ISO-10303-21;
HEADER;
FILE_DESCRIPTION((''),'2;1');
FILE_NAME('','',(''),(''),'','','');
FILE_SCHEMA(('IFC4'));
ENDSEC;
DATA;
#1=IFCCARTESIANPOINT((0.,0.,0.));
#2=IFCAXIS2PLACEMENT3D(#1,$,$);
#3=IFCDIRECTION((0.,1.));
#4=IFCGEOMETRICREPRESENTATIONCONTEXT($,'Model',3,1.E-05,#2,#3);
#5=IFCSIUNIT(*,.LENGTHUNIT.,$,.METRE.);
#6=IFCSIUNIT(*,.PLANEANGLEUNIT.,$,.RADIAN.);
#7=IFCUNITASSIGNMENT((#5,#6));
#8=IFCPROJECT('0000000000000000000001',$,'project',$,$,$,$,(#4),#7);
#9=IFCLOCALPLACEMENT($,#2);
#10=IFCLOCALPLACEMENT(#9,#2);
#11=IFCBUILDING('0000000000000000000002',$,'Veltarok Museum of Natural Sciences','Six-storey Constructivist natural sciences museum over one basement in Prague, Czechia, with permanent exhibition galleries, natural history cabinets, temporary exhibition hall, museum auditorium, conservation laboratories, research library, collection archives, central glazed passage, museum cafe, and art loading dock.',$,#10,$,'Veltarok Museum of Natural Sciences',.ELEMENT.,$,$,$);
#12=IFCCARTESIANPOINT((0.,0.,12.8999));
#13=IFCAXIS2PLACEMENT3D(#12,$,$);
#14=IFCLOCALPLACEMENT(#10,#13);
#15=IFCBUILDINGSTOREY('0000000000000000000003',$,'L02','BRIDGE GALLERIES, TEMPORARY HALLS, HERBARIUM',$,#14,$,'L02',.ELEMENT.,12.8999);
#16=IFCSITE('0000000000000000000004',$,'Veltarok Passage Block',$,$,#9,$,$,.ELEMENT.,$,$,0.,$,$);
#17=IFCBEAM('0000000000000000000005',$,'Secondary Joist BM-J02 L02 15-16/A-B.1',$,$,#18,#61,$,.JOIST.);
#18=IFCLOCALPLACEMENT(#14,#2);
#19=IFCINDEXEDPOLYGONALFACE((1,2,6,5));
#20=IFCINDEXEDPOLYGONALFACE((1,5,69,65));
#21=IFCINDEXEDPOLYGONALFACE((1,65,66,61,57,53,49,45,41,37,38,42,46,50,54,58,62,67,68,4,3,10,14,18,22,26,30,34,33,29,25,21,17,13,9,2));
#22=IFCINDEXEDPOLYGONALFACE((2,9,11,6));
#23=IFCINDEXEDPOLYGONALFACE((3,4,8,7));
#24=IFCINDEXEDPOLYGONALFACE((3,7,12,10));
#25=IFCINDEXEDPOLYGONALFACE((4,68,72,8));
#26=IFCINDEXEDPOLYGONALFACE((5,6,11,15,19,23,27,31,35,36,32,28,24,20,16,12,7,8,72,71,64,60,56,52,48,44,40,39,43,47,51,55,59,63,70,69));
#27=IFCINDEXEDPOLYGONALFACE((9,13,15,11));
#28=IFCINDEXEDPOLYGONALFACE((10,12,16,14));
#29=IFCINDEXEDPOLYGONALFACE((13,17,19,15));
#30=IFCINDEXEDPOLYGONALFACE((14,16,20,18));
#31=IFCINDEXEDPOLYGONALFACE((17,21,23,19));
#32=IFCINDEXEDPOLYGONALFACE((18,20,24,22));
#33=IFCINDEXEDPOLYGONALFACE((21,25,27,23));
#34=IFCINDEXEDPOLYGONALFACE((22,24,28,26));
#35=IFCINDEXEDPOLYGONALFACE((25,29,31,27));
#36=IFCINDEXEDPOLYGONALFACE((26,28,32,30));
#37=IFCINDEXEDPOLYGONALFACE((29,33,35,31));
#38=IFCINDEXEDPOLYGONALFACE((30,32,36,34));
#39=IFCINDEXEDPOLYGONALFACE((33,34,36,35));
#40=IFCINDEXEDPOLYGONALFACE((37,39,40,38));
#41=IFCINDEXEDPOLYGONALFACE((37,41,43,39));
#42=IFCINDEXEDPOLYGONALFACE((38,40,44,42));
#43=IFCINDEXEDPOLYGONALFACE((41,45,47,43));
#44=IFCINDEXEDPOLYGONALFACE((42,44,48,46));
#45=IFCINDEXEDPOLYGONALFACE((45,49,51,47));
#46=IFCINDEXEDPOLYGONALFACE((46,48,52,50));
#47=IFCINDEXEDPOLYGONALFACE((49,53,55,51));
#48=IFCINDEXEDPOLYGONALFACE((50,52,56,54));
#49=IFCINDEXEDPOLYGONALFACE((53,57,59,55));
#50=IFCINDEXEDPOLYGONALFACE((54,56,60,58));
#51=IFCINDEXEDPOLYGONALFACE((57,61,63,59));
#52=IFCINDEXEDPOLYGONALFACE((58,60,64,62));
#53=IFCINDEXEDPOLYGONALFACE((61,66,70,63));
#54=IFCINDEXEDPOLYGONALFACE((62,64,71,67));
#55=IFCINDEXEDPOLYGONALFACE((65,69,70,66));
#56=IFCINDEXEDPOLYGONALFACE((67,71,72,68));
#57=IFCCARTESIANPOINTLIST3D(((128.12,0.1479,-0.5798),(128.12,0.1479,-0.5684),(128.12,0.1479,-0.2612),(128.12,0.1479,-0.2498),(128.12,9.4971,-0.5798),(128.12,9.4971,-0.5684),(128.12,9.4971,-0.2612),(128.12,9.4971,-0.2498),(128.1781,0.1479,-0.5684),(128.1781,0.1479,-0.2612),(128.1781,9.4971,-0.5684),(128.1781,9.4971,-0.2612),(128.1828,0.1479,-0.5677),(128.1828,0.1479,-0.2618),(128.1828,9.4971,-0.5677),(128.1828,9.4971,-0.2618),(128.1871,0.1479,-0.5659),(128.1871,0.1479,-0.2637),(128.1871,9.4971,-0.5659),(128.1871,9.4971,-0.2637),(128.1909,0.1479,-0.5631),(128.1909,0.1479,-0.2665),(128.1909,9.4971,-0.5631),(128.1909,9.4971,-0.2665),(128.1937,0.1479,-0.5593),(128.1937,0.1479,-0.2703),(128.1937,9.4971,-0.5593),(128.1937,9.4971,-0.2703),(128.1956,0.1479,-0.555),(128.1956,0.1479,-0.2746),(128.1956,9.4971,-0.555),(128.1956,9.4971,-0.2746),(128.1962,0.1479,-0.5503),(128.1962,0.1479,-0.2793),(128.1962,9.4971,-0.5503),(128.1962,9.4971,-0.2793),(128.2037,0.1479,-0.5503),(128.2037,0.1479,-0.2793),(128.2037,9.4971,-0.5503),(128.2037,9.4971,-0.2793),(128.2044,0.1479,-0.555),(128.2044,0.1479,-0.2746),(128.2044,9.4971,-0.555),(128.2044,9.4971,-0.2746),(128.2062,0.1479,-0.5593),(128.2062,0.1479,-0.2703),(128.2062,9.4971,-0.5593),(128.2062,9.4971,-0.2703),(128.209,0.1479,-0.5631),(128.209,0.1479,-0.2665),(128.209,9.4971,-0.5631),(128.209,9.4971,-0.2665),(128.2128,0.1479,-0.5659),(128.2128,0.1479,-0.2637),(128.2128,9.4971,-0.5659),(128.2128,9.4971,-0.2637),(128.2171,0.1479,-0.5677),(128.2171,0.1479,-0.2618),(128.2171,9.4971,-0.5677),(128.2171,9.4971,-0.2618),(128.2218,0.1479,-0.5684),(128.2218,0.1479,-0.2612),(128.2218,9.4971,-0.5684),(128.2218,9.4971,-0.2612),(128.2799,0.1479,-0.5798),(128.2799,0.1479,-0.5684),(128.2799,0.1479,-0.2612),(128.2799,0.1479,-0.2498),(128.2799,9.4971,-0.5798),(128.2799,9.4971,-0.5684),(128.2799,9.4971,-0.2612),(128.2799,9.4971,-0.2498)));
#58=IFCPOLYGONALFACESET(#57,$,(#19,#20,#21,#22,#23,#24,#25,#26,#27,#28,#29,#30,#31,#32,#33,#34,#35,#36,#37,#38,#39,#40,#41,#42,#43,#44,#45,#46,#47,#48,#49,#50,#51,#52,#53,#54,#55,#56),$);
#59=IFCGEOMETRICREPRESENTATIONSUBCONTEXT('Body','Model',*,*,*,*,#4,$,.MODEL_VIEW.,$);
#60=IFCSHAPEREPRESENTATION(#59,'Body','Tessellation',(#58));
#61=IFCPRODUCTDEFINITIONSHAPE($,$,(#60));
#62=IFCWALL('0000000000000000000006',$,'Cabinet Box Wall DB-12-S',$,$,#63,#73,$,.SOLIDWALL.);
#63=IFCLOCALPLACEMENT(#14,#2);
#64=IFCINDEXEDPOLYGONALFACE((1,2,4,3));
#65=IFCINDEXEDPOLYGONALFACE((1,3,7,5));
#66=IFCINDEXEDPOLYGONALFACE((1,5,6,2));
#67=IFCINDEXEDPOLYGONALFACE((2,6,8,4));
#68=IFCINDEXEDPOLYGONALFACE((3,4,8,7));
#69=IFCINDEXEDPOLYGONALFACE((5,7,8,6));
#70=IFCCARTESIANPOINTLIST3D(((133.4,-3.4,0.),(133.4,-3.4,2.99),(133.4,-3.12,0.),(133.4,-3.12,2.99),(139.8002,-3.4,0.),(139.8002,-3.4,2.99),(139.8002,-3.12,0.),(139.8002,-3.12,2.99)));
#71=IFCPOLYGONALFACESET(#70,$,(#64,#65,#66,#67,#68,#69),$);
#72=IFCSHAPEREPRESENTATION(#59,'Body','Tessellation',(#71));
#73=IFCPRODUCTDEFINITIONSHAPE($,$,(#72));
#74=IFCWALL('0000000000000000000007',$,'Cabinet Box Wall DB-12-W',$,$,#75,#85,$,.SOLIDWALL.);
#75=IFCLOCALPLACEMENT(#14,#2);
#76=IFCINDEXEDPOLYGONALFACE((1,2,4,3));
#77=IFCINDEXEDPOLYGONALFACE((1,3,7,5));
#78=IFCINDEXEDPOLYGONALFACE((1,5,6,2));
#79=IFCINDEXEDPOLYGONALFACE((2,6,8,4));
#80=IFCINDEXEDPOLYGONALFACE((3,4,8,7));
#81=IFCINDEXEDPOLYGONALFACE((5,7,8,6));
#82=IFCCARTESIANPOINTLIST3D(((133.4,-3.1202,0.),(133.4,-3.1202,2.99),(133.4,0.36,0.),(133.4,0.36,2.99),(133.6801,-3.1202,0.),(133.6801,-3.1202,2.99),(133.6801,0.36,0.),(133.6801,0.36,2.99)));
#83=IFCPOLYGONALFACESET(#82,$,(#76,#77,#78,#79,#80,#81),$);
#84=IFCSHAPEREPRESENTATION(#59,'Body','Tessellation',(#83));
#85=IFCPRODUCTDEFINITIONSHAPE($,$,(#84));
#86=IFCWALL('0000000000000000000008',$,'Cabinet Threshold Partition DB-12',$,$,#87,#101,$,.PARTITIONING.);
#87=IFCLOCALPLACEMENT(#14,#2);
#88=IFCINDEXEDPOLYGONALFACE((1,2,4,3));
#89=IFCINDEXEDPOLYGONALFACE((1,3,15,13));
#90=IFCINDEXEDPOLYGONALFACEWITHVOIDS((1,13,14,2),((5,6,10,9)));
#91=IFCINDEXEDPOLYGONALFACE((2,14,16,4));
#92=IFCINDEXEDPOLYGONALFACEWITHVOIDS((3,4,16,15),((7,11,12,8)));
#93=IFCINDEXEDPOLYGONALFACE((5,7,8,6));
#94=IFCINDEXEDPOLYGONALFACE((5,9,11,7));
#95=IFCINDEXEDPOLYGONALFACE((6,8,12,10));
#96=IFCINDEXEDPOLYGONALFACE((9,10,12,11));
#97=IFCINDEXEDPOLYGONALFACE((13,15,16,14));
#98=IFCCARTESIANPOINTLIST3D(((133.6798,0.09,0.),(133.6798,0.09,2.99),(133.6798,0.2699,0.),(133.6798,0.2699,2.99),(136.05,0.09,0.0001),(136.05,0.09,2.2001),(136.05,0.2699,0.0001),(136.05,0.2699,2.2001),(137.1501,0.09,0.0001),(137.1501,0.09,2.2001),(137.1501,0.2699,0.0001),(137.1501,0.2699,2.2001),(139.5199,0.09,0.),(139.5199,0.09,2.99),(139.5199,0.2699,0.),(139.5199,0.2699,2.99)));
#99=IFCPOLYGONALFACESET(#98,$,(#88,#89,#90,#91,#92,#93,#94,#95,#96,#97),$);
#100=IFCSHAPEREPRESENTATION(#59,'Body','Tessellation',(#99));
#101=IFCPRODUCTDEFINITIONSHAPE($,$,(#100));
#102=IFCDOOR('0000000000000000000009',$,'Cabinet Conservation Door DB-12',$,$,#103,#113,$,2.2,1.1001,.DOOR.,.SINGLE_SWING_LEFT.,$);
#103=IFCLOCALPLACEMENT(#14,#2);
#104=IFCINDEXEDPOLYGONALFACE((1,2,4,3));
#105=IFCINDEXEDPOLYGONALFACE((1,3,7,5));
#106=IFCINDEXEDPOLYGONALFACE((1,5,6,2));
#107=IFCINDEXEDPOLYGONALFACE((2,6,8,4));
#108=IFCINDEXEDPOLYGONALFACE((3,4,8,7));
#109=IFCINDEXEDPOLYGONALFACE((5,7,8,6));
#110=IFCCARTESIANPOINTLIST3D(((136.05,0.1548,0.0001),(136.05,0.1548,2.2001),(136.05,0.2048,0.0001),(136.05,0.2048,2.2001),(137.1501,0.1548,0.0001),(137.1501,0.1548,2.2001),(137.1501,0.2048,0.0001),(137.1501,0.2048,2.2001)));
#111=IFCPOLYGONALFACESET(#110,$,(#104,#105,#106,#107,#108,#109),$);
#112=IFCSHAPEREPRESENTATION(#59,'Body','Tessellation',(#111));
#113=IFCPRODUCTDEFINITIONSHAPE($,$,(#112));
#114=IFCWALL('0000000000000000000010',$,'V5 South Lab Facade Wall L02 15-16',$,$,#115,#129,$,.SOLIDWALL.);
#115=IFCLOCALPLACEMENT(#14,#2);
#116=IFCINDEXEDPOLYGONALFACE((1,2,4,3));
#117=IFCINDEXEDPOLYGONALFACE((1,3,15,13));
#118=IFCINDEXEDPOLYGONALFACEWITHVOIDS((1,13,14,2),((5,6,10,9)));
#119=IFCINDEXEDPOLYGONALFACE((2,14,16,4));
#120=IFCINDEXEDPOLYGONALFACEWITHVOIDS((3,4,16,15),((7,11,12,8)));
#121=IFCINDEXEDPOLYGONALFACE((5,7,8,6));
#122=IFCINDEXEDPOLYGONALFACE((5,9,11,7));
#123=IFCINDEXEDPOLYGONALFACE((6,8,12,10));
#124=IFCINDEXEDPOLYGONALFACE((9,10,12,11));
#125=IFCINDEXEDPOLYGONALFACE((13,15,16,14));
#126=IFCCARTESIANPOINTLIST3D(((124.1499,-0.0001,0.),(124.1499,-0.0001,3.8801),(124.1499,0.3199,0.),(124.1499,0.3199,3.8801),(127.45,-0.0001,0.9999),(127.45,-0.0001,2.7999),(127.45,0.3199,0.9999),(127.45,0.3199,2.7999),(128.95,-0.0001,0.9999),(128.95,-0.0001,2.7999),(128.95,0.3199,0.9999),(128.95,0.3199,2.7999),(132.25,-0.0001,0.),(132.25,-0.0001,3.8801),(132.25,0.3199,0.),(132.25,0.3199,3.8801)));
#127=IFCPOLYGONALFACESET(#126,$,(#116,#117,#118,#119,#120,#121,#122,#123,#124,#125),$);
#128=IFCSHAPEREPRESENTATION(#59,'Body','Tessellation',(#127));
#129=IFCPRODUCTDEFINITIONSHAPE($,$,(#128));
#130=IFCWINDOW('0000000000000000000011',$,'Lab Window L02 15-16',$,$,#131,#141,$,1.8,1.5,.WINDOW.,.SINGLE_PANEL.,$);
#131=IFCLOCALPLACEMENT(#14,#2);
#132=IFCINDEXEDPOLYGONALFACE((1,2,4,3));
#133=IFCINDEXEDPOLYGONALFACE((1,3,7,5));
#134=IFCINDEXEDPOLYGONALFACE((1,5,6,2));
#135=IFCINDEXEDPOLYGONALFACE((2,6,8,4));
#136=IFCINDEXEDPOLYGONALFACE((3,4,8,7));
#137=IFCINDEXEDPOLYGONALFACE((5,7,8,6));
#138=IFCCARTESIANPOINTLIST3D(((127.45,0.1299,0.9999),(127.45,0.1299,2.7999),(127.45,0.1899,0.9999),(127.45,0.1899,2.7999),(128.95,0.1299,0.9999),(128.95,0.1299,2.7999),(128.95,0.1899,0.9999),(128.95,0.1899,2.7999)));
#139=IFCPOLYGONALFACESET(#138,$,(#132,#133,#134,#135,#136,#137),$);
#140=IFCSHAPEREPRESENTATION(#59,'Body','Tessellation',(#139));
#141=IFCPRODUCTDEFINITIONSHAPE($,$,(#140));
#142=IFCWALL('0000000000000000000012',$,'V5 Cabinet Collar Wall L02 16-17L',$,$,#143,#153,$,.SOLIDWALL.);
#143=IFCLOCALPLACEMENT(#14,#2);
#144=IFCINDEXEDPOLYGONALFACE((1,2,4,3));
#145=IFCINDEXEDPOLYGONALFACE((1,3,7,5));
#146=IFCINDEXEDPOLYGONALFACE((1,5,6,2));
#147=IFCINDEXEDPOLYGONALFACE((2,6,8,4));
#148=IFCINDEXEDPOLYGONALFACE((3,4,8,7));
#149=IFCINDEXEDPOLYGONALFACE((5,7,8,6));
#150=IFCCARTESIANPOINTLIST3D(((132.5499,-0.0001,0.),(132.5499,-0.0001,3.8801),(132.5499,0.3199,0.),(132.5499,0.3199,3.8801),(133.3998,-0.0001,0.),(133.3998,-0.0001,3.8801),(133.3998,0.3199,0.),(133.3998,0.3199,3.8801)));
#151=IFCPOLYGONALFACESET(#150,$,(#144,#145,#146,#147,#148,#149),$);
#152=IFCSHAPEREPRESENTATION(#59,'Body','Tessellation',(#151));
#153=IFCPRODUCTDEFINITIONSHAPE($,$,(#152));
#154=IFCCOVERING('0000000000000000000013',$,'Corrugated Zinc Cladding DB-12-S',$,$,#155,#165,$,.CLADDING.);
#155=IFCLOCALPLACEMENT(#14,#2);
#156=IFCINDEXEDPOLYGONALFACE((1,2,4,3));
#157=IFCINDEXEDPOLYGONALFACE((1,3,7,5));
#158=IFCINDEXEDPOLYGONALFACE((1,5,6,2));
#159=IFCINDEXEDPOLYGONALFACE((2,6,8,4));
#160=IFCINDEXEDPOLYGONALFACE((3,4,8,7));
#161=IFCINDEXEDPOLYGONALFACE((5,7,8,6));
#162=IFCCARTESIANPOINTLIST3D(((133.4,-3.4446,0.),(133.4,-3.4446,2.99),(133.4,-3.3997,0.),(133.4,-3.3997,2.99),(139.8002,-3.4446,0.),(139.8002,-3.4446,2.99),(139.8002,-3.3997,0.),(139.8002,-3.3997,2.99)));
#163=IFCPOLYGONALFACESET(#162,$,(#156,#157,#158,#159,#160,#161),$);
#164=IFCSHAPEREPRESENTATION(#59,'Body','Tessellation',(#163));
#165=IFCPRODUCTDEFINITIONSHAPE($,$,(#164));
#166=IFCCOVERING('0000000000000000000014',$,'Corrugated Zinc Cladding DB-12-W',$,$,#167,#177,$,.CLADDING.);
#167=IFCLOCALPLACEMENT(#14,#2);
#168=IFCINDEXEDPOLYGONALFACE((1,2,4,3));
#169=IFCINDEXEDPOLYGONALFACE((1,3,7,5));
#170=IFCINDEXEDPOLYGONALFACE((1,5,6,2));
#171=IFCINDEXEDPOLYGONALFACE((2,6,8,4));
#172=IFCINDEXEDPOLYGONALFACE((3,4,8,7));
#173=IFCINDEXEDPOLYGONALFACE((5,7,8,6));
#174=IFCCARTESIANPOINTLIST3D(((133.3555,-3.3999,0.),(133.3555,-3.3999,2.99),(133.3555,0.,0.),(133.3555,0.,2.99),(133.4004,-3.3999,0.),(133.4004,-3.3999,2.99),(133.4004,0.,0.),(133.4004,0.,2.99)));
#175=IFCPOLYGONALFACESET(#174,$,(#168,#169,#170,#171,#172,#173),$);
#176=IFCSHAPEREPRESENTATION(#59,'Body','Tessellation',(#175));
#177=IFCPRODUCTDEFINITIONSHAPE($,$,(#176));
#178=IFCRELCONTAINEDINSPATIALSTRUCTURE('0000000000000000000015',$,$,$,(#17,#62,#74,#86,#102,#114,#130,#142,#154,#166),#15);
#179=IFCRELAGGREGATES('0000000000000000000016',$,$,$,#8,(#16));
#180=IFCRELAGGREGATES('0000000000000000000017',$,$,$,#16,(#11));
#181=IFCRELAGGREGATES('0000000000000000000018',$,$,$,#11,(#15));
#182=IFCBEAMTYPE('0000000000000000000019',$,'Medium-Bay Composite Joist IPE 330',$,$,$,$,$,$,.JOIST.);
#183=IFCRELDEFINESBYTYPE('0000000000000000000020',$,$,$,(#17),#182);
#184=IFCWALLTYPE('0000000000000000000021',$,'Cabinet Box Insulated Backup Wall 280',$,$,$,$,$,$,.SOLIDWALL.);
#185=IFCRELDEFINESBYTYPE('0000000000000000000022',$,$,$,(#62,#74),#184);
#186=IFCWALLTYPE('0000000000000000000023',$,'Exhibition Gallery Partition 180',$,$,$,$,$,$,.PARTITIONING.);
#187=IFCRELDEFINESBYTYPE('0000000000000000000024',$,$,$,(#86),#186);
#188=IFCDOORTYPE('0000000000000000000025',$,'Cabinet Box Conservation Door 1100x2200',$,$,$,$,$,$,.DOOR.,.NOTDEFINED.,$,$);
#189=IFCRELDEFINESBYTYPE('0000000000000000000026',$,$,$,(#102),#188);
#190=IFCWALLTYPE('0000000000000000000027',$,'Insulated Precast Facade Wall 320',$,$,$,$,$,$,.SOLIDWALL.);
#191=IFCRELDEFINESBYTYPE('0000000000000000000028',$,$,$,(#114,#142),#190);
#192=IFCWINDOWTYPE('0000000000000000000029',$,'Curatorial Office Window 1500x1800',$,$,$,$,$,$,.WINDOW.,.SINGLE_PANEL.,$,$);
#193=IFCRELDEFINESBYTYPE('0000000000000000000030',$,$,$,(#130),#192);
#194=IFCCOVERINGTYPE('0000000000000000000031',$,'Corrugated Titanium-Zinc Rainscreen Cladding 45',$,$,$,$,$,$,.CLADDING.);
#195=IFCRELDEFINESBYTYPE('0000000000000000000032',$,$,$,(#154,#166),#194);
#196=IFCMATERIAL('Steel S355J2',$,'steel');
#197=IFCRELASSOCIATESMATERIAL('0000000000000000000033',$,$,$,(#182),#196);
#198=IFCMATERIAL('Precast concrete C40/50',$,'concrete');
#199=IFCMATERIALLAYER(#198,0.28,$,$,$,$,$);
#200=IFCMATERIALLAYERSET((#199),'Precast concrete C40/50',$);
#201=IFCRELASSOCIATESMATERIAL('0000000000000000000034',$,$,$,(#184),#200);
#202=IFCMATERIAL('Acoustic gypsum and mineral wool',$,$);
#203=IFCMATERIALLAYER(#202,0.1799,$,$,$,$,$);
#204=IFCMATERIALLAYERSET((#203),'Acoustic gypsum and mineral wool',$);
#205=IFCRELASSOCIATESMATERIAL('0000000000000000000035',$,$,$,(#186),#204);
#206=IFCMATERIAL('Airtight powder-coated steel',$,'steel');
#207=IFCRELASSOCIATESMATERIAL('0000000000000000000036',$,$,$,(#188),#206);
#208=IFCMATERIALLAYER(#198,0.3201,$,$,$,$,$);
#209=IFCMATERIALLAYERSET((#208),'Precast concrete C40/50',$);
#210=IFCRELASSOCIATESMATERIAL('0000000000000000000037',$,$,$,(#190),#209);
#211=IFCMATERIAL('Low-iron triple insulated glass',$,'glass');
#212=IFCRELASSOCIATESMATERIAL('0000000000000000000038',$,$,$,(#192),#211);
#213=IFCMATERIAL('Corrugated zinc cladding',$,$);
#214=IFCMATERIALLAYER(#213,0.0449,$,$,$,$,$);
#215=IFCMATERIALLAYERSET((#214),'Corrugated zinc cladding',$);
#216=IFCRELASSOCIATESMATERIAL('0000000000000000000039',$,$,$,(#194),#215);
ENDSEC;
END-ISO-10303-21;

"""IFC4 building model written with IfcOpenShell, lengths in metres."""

from ifc_helpers import new_model, si_unit, direction, frame, frame_2d, origin, origin_2d, place, context, subcontext, project, spatial, rectangle, i_section, extrude, material, layer, layer_set, material_profile, profile_set, type_object, element, fill, save


model = new_model("IFC4")

# Units and contexts
model_context = context("Model", 3, precision=1e-05, world=origin(), true_north=direction((0.0, 1.0)))
body_context = subcontext(model_context, "Body", "Model", "MODEL_VIEW")
ifc_project = project(units=[si_unit("LENGTHUNIT", "METRE"), si_unit("PLANEANGLEUNIT", "RADIAN")], contexts=[model_context])

# Site, building, storey
site_placement = place(None, origin())
site = spatial("IfcSite", under=ifc_project, at=site_placement, Name="Veltarok Passage Block", CompositionType="ELEMENT", RefElevation=0.0)
building_placement = place(site_placement, origin())
building = spatial("IfcBuilding", under=site, at=building_placement, Name="Veltarok Museum of Natural Sciences", Description="Six-storey Constructivist natural sciences museum over one basement in Prague, Czechia, with permanent exhibition galleries, natural history cabinets, temporary exhibition hall, museum auditorium, conservation laboratories, research library, collection archives, central glazed passage, museum cafe, and art loading dock.", LongName="Veltarok Museum of Natural Sciences", CompositionType="ELEMENT")
storey_placement = place(building_placement, frame((0.0, 0.0, 12.8999)))
storey = spatial("IfcBuildingStorey", under=building, at=storey_placement, Name="L02", Description="BRIDGE GALLERIES, TEMPORARY HALLS, HERBARIUM", LongName="L02", CompositionType="ELEMENT", Elevation=12.8999)

# Shared definitions
ifc_material_1 = material(Name="Steel S355J2", Category="steel")

# Beam
ifc_material_2 = material(Name="Precast concrete C40/50", Category="concrete")
ifc_material_profile_1 = material_profile(ifc_material_1, i_section(OverallWidth=0.1599, OverallDepth=0.3301, WebThickness=0.0076, FlangeThickness=0.0115, FilletRadius=0.0181, at=origin_2d()), Name="IPE 330")
ifc_profile_set_1 = profile_set([ifc_material_profile_1], Name="Steel S355J2")
beam_type_1 = type_object("IfcBeamType", Name="Medium-Bay Composite Joist IPE 330", PredefinedType="JOIST", material=ifc_profile_set_1)
beam_1_placement = place(storey_placement, frame((128.2, 0.1479, -0.4148), z_axis=(0.0, 1.0, 0.0), x_axis=(-1.0, 0.0, 0.0)))
element("IfcBeam", 1, at=beam_1_placement, inside=storey, type_object=beam_type_1, Name="Secondary Joist BM-J02 L02 15-16/A-B.1", PredefinedType="JOIST", context=body_context, shape_type="SweptSolid", body=[
    extrude(i_section(OverallWidth=0.1599, OverallDepth=0.3301, WebThickness=0.0076, FlangeThickness=0.0115, FilletRadius=0.0181, at=origin_2d()), origin(), (0.0, 0.0, 1.0), 9.3491),
])

# Walls
ifc_layer_1 = layer(ifc_material_2, 0.28)
ifc_layer_set_1 = layer_set([ifc_layer_1], Name="Precast concrete C40/50")
wall_type_1 = type_object("IfcWallType", Name="Cabinet Box Insulated Backup Wall 280", PredefinedType="SOLIDWALL", material=ifc_layer_set_1)
wall_1_placement = place(storey_placement, frame((133.3999, -3.26, 0.0), z_axis=(0.0, 0.0, 1.0), x_axis=(1.0, 0.0, 0.0)))
element("IfcWall", 2, at=wall_1_placement, inside=storey, type_object=wall_type_1, Name="Cabinet Box Wall DB-12-S", PredefinedType="SOLIDWALL", context=body_context, shape_type="SweptSolid", body=[
    extrude(rectangle(XDim=6.4001, YDim=0.28, at=frame_2d((3.2002, 0.0))), origin(), (0.0, 0.0, 1.0), 2.99),
])
wall_2_placement = place(storey_placement, frame((133.54, 0.3601, 0.0), z_axis=(0.0, 0.0, 1.0), x_axis=(0.0, -1.0, 0.0)))
element("IfcWall", 3, at=wall_2_placement, inside=storey, type_object=wall_type_1, Name="Cabinet Box Wall DB-12-W", PredefinedType="SOLIDWALL", context=body_context, shape_type="SweptSolid", body=[
    extrude(rectangle(XDim=3.4802, YDim=0.28, at=frame_2d((1.7402, 0.0))), origin(), (0.0, 0.0, 1.0), 2.99),
])

# Wall, opening, door
ifc_material_3 = material(Name="Acoustic gypsum and mineral wool")
ifc_layer_2 = layer(ifc_material_3, 0.1799)
ifc_layer_set_2 = layer_set([ifc_layer_2], Name="Acoustic gypsum and mineral wool")
wall_type_2 = type_object("IfcWallType", Name="Exhibition Gallery Partition 180", PredefinedType="PARTITIONING", material=ifc_layer_set_2)
wall_3_placement = place(storey_placement, frame((133.6799, 0.1799, 0.0), z_axis=(0.0, 0.0, 1.0), x_axis=(1.0, 0.0, 0.0)))
wall_3 = element("IfcWall", 4, at=wall_3_placement, inside=storey, type_object=wall_type_2, Name="Cabinet Threshold Partition DB-12", PredefinedType="PARTITIONING", context=body_context, shape_type="SweptSolid", body=[
    extrude(rectangle(XDim=5.8401, YDim=0.1799, at=frame_2d((2.9199, 0.0))), origin(), (0.0, 0.0, 1.0), 2.99),
])
opening_1_placement = place(wall_3_placement, frame((2.3701, 0.0, 0.0)))
opening_1 = element("IfcOpeningElement", 5, at=opening_1_placement, cuts=wall_3, PredefinedType="OPENING", context=body_context, shape_type="SweptSolid", body=[
    extrude(rectangle(XDim=1.1001, YDim=2.2, at=frame_2d((0.55, 1.1001))), frame((0.0, 0.1001, 0.0), z_axis=(0.0, -1.0, 0.0), x_axis=(1.0, 0.0, 0.0)), (0.0, 0.0, 1.0), 0.2),
])
ifc_material_4 = material(Name="Airtight powder-coated steel", Category="steel")
door_type = type_object("IfcDoorType", Name="Cabinet Box Conservation Door 1100x2200", OperationType="NOTDEFINED", PredefinedType="DOOR", material=ifc_material_4)
door_placement = place(opening_1_placement, origin())
door = element("IfcDoor", 6, at=door_placement, inside=storey, type_object=door_type, Name="Cabinet Conservation Door DB-12", OperationType="SINGLE_SWING_LEFT", OverallHeight=2.2, OverallWidth=1.1001, PredefinedType="DOOR", context=body_context, shape_type="SweptSolid", body=[
    extrude(rectangle(XDim=1.1001, YDim=2.2, at=frame_2d((0.55, 1.1001))), frame((0.0, 0.0249, 0.0), z_axis=(0.0, -1.0, 0.0), x_axis=(1.0, 0.0, 0.0)), (0.0, 0.0, 1.0), 0.05),
])
fill(opening_1, door)

# Wall, opening, window
ifc_layer_3 = layer(ifc_material_2, 0.3201)
ifc_layer_set_3 = layer_set([ifc_layer_3], Name="Precast concrete C40/50")
wall_type_3 = type_object("IfcWallType", Name="Insulated Precast Facade Wall 320", PredefinedType="SOLIDWALL", material=ifc_layer_set_3)
wall_4_placement = place(storey_placement, frame((124.1499, 0.1599, 0.0), z_axis=(0.0, 0.0, 1.0), x_axis=(1.0, 0.0, 0.0)))
wall_4 = element("IfcWall", 7, at=wall_4_placement, inside=storey, type_object=wall_type_3, Name="V5 South Lab Facade Wall L02 15-16", PredefinedType="SOLIDWALL", context=body_context, shape_type="SweptSolid", body=[
    extrude(rectangle(XDim=8.1001, YDim=0.3201, at=frame_2d((4.05, 0.0))), origin(), (0.0, 0.0, 1.0), 3.8801),
])
opening_2_placement = place(wall_4_placement, frame((3.3, 0.0, 1.0)))
opening_2 = element("IfcOpeningElement", 8, at=opening_2_placement, cuts=wall_4, PredefinedType="OPENING", context=body_context, shape_type="SweptSolid", body=[
    extrude(rectangle(XDim=1.5, YDim=1.8, at=frame_2d((0.75, 0.8999))), frame((0.0, 0.1699, 0.0), z_axis=(0.0, -1.0, 0.0), x_axis=(1.0, 0.0, 0.0)), (0.0, 0.0, 1.0), 0.3401),
])
ifc_material_5 = material(Name="Low-iron triple insulated glass", Category="glass")
window_type = type_object("IfcWindowType", Name="Curatorial Office Window 1500x1800", PartitioningType="SINGLE_PANEL", PredefinedType="WINDOW", material=ifc_material_5)
window_placement = place(opening_2_placement, origin())
window = element("IfcWindow", 9, at=window_placement, inside=storey, type_object=window_type, Name="Lab Window L02 15-16", OverallHeight=1.8, OverallWidth=1.5, PartitioningType="SINGLE_PANEL", PredefinedType="WINDOW", context=body_context, shape_type="SweptSolid", body=[
    extrude(rectangle(XDim=1.5, YDim=1.8, at=frame_2d((0.75, 0.8999))), frame((0.0, 0.03, 0.0), z_axis=(0.0, -1.0, 0.0), x_axis=(1.0, 0.0, 0.0)), (0.0, 0.0, 1.0), 0.0601),
])
fill(opening_2, window)

# Wall
wall_5_placement = place(storey_placement, frame((132.55, 0.1599, 0.0), z_axis=(0.0, 0.0, 1.0), x_axis=(1.0, 0.0, 0.0)))
element("IfcWall", 10, at=wall_5_placement, inside=storey, type_object=wall_type_3, Name="V5 Cabinet Collar Wall L02 16-17L", PredefinedType="SOLIDWALL", context=body_context, shape_type="SweptSolid", body=[
    extrude(rectangle(XDim=0.8499, YDim=0.3201, at=frame_2d((0.4248, 0.0))), origin(), (0.0, 0.0, 1.0), 3.8801),
])

# Coverings
ifc_material_6 = material(Name="Corrugated zinc cladding")
ifc_layer_4 = layer(ifc_material_6, 0.0449)
ifc_layer_set_4 = layer_set([ifc_layer_4], Name="Corrugated zinc cladding")
covering_type = type_object("IfcCoveringType", Name="Corrugated Titanium-Zinc Rainscreen Cladding 45", PredefinedType="CLADDING", material=ifc_layer_set_4)
covering_1_placement = place(storey_placement, frame((133.3999, -3.4221, 0.0), z_axis=(0.0, 0.0, 1.0), x_axis=(1.0, 0.0, 0.0)))
element("IfcCovering", 11, at=covering_1_placement, inside=storey, type_object=covering_type, Name="Corrugated Zinc Cladding DB-12-S", PredefinedType="CLADDING", context=body_context, shape_type="SweptSolid", body=[
    extrude(rectangle(XDim=6.4001, YDim=0.0449, at=frame_2d((3.2002, 0.0))), origin(), (0.0, 0.0, 1.0), 2.99),
])
covering_2_placement = place(storey_placement, frame((133.3779, 0.0, 0.0), z_axis=(0.0, 0.0, 1.0), x_axis=(0.0, -1.0, 0.0)))
element("IfcCovering", 12, at=covering_2_placement, inside=storey, type_object=covering_type, Name="Corrugated Zinc Cladding DB-12-W", PredefinedType="CLADDING", context=body_context, shape_type="SweptSolid", body=[
    extrude(rectangle(XDim=3.3999, YDim=0.0449, at=frame_2d((1.7, 0.0))), origin(), (0.0, 0.0, 1.0), 2.99),
])

save(model, "model.ifc")
